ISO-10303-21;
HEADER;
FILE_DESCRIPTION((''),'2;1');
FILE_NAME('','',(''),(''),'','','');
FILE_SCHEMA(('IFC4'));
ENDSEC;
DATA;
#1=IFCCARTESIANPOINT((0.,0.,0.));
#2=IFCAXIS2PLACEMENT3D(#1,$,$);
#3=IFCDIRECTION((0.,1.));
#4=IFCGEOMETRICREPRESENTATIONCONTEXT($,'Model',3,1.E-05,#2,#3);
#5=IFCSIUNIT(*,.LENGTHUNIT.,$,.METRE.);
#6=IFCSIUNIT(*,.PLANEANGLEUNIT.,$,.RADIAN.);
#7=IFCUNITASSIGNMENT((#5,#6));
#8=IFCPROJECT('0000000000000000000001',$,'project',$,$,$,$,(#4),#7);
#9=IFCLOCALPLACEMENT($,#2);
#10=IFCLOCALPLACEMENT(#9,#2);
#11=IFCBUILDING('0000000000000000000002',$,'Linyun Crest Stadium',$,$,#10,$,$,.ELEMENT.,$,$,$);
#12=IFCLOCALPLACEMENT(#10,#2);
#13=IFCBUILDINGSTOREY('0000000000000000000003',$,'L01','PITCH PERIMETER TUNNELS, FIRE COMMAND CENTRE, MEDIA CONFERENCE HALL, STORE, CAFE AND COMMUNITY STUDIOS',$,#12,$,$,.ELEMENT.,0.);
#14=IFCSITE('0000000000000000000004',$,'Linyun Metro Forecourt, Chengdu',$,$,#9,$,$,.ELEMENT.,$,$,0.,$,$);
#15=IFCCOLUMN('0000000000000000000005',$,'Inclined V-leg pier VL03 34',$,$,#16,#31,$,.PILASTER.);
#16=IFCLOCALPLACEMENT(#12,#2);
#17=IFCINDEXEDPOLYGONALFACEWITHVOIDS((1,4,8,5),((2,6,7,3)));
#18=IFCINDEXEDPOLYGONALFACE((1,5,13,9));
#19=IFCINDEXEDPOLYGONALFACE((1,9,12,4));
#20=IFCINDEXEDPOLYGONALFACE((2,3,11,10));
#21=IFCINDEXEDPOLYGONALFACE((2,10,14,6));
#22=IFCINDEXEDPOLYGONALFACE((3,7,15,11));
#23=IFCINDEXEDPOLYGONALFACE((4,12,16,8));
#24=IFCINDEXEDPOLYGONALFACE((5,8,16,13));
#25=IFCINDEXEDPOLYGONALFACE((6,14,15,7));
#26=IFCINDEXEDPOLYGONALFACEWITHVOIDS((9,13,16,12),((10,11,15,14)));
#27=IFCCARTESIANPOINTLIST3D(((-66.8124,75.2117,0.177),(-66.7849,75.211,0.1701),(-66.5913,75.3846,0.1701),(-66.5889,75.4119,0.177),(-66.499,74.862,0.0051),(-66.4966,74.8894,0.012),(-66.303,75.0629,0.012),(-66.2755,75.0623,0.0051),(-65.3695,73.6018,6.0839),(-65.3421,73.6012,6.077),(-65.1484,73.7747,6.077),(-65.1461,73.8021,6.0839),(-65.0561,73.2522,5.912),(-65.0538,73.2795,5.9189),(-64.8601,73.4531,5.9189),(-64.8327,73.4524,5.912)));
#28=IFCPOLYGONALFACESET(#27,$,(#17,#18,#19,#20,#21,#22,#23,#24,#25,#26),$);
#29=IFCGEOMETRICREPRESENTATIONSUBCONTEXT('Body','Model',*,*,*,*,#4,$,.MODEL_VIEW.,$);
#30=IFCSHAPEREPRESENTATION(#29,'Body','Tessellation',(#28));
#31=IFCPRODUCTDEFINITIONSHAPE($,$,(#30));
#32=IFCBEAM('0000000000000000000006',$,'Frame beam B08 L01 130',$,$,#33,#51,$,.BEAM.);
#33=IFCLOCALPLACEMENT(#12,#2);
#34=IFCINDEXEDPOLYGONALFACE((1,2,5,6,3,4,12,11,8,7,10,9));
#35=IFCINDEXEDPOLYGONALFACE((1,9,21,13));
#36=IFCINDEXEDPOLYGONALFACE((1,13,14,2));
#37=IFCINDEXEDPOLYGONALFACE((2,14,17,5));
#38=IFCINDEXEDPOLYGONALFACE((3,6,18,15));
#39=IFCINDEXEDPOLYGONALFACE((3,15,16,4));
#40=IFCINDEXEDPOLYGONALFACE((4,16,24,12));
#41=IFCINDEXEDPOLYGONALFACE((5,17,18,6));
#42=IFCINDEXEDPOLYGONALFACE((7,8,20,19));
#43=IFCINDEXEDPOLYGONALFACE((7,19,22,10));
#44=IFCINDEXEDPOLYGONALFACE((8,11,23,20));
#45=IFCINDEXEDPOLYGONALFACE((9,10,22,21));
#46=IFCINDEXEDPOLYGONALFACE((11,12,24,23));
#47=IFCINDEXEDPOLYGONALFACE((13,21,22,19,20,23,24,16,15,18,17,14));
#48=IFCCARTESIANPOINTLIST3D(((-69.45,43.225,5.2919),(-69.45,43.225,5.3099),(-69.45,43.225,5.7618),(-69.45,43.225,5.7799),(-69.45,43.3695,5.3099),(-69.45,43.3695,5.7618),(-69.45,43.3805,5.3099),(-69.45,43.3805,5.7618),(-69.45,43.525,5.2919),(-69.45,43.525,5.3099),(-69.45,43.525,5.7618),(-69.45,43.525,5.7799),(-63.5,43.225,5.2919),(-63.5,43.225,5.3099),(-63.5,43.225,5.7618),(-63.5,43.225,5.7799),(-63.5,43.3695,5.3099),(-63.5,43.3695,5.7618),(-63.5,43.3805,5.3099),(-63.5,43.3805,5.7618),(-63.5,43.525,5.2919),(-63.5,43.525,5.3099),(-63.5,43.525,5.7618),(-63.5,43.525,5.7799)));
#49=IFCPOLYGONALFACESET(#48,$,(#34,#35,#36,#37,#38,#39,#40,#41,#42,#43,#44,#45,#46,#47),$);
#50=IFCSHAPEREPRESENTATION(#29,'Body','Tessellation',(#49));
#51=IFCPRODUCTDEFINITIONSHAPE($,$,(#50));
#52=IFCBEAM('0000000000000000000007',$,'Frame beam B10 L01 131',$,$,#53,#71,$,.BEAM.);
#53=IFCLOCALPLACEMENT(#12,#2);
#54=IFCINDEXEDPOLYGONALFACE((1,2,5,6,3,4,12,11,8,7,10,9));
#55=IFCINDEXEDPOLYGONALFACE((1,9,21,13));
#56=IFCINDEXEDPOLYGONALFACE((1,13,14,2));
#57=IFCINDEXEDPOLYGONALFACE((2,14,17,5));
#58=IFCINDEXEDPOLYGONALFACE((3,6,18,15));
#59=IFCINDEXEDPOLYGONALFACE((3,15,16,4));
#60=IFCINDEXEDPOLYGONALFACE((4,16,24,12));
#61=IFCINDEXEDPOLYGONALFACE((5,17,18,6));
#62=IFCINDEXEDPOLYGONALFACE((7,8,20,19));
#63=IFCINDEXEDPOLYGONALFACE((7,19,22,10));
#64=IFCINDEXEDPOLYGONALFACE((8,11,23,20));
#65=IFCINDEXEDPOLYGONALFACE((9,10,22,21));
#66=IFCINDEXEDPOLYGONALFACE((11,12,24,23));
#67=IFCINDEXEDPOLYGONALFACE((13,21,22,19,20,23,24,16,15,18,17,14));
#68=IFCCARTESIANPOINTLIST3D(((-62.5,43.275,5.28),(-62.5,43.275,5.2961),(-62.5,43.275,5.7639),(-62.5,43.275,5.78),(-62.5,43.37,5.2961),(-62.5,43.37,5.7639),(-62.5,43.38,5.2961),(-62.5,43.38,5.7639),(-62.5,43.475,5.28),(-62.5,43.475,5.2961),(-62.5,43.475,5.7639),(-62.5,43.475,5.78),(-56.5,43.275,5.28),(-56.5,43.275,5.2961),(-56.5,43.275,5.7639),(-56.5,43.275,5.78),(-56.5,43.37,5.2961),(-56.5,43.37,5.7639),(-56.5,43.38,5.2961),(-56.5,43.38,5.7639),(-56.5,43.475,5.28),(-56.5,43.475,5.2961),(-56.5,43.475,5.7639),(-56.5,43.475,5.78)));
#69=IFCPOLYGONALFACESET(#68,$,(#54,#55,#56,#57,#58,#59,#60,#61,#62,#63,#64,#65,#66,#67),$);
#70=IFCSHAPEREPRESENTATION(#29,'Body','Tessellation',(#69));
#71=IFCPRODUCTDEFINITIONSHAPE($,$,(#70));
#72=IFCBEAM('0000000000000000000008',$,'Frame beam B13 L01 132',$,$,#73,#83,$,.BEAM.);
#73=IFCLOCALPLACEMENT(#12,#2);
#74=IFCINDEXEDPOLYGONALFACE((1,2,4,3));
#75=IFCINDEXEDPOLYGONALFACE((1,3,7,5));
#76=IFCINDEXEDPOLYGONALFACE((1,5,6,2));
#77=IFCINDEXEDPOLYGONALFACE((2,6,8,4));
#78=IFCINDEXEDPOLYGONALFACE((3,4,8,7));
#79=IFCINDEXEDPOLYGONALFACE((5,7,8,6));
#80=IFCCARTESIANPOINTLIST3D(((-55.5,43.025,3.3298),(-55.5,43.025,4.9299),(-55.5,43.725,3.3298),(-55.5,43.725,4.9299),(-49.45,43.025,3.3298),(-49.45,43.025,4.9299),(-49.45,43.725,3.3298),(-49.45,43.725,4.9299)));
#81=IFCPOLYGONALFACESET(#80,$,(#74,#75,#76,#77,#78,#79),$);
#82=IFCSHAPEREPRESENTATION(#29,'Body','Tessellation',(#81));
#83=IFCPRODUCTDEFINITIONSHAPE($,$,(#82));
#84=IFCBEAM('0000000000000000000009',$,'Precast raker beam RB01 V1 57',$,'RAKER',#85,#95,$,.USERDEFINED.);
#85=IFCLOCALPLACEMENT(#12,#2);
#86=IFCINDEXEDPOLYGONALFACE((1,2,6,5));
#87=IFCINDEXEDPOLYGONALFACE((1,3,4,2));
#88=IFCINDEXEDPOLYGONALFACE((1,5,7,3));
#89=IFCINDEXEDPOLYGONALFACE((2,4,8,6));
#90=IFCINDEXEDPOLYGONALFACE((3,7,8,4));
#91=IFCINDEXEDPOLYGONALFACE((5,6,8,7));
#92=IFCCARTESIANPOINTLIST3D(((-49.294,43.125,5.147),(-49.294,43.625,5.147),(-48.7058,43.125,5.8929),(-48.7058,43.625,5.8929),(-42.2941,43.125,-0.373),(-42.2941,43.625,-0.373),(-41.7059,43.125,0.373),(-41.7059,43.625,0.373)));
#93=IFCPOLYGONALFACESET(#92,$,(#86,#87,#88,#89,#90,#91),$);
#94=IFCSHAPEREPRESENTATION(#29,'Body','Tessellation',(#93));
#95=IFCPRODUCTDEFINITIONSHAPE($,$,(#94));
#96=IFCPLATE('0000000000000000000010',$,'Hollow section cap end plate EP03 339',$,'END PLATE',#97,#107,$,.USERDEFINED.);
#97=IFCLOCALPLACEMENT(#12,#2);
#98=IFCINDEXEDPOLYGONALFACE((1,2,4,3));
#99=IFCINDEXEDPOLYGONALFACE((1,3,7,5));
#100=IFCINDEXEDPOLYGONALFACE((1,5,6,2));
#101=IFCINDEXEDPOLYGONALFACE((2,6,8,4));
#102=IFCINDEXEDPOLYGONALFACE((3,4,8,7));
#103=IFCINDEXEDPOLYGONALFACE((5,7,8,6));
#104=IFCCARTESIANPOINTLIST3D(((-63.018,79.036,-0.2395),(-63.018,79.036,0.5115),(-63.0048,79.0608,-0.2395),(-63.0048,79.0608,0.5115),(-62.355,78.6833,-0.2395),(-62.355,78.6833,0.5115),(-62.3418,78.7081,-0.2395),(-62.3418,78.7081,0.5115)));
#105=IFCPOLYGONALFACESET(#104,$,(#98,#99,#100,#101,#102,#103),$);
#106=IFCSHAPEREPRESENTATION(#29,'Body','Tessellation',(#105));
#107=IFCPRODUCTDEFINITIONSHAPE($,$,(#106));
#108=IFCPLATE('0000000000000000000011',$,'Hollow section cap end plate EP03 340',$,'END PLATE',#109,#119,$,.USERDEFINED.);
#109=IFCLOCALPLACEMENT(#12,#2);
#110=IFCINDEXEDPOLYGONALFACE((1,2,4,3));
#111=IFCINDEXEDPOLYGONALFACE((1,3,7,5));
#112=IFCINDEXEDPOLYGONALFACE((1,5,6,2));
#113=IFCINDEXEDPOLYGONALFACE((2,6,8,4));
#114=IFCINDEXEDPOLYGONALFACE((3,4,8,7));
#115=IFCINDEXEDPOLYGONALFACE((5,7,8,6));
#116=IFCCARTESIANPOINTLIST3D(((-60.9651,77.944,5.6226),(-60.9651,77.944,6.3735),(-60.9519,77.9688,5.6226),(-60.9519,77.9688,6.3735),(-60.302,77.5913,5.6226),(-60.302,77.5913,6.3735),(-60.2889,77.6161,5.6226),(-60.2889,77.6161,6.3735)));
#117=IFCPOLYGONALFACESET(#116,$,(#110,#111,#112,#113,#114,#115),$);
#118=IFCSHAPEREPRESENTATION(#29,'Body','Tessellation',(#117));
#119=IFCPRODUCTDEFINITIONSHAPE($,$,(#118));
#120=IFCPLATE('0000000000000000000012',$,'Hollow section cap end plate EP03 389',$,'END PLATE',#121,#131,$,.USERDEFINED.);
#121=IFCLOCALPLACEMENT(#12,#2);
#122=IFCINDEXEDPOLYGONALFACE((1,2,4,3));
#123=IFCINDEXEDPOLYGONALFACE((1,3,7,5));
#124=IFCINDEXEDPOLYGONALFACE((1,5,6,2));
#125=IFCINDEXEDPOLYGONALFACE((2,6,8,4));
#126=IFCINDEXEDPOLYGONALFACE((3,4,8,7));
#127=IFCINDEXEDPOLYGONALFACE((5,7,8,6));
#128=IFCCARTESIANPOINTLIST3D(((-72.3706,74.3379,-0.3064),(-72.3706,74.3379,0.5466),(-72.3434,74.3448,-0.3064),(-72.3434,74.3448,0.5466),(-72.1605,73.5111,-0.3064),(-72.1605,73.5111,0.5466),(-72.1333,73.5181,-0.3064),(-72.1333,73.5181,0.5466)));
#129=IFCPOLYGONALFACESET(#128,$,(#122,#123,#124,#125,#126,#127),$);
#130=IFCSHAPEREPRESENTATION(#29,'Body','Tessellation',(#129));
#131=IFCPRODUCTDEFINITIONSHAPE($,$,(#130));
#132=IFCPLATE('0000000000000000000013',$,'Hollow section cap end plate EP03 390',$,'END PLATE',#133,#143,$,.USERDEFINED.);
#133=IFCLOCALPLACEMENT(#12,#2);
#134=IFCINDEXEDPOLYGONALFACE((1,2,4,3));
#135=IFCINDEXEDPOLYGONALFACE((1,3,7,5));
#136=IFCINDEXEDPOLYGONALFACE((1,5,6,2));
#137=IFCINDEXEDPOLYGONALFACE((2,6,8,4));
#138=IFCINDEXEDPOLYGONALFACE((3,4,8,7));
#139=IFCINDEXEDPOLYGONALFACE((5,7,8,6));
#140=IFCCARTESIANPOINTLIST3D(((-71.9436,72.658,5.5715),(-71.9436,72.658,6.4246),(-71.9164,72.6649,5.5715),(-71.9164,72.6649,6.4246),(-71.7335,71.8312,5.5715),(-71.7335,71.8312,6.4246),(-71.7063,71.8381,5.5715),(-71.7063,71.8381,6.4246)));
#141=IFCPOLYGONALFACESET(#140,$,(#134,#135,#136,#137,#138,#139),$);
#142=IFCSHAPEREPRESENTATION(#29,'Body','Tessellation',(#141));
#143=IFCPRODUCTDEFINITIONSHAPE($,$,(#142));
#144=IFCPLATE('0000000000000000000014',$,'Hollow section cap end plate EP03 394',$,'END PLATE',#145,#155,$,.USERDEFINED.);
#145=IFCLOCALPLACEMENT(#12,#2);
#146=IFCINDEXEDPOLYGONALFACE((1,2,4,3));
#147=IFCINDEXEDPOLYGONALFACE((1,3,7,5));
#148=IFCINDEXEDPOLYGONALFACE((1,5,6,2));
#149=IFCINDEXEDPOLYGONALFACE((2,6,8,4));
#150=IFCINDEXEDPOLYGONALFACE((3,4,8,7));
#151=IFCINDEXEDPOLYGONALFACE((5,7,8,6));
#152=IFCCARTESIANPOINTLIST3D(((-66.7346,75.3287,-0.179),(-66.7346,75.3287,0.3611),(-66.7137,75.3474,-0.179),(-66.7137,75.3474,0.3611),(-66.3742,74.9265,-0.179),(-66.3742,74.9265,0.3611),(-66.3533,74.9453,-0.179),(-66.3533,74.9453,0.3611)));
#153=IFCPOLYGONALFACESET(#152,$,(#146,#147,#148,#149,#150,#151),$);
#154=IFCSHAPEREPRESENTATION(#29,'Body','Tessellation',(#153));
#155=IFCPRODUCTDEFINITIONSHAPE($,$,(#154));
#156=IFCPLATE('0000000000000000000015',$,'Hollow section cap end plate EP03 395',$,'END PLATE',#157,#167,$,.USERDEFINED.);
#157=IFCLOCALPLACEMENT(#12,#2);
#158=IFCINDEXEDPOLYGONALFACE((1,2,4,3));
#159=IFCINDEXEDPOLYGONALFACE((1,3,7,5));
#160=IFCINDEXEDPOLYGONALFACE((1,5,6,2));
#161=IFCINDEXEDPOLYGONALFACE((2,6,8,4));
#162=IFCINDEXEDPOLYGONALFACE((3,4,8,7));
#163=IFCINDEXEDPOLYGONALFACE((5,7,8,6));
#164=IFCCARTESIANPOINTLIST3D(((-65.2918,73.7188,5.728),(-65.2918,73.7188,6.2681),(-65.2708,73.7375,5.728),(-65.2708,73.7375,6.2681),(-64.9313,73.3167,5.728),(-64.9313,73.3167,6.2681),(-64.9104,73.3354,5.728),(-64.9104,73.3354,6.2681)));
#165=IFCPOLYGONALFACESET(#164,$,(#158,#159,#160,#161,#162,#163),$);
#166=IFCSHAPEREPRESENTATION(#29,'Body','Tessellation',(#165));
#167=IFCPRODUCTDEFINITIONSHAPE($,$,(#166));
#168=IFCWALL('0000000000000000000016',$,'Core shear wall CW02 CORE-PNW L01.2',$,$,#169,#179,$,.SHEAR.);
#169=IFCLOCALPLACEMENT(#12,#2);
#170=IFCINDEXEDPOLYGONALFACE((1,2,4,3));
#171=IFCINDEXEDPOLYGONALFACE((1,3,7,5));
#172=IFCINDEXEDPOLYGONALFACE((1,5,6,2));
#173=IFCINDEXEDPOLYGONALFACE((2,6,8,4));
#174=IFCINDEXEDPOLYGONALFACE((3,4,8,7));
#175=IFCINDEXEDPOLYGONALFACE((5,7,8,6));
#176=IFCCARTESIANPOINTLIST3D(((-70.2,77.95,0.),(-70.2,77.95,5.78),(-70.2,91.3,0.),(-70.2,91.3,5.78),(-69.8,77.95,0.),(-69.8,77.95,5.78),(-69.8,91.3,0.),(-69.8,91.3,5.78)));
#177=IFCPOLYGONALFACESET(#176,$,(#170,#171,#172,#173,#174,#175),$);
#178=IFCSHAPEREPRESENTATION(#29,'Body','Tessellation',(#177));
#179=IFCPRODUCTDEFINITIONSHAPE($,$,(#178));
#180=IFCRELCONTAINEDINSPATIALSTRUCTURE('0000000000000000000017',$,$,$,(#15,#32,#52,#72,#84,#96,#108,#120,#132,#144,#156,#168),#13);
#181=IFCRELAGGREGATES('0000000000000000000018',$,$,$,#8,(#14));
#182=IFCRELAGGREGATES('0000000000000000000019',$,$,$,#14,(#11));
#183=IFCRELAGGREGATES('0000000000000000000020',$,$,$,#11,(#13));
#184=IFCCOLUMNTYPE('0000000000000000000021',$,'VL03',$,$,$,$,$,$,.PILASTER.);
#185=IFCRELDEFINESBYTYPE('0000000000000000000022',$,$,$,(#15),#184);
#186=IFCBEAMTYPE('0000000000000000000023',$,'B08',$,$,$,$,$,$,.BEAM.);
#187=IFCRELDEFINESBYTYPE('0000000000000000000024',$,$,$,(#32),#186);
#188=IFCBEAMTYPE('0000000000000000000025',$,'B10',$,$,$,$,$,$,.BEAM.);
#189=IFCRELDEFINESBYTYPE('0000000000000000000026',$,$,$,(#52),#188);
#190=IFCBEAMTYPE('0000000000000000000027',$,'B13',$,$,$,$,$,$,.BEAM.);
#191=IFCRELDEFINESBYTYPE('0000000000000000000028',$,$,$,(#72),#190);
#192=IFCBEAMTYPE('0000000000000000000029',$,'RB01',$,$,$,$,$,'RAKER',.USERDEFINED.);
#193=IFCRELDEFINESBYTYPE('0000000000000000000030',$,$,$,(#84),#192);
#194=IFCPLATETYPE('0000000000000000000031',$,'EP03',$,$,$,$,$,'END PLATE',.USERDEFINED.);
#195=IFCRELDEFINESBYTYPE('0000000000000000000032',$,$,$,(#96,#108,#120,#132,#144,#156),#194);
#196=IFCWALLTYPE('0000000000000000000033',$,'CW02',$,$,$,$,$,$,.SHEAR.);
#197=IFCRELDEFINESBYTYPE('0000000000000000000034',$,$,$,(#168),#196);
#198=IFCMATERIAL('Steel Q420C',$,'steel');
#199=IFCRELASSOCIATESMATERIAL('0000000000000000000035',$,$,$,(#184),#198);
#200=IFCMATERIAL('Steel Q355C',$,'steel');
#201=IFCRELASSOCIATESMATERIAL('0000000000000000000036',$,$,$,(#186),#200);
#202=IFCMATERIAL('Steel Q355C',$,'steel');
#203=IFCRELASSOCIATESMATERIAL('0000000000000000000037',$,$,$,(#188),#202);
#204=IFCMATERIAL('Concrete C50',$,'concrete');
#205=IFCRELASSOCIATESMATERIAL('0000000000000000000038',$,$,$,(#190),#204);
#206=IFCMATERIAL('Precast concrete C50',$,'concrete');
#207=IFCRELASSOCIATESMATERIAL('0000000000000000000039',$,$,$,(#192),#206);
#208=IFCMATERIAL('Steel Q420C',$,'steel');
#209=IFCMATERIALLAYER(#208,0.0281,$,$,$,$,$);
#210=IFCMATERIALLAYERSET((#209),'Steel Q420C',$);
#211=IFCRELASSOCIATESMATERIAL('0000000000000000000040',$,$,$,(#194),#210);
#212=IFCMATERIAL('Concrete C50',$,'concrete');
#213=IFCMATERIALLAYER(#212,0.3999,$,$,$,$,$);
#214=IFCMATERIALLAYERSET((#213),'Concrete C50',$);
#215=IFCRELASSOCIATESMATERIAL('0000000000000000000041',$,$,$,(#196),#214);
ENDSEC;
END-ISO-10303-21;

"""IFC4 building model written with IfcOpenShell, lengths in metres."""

from ifc_helpers import new_model, si_unit, direction, frame, frame_2d, origin, origin_2d, place, context, subcontext, project, spatial, rectangle, hollow_rectangle, i_section, extrude, material, layer, layer_set, material_profile, profile_set, type_object, element, save


model = new_model("IFC4")

# Units and contexts
model_context = context("Model", 3, precision=1e-05, world=origin(), true_north=direction((0.0, 1.0)))
body_context = subcontext(model_context, "Body", "Model", "MODEL_VIEW")
ifc_project = project(units=[si_unit("LENGTHUNIT", "METRE"), si_unit("PLANEANGLEUNIT", "RADIAN")], contexts=[model_context])

# Site, building, storey
site_placement = place(None, origin())
site = spatial("IfcSite", under=ifc_project, at=site_placement, Name="Linyun Metro Forecourt, Chengdu", CompositionType="ELEMENT", RefElevation=0.0)
building_placement = place(site_placement, origin())
building = spatial("IfcBuilding", under=site, at=building_placement, Name="Linyun Crest Stadium", CompositionType="ELEMENT")
storey_placement = place(building_placement, origin())
storey = spatial("IfcBuildingStorey", under=building, at=storey_placement, Name="L01", Description="PITCH PERIMETER TUNNELS, FIRE COMMAND CENTRE, MEDIA CONFERENCE HALL, STORE, CAFE AND COMMUNITY STUDIOS", CompositionType="ELEMENT", Elevation=0.0)

# Column
ifc_material_1 = material(Name="Steel Q420C", Category="steel")
ifc_material_profile_1 = material_profile(ifc_material_1, hollow_rectangle(XDim=0.3, YDim=0.5, WallThickness=0.02, at=origin_2d()), Name="RHS 500x300x20")
ifc_profile_set_1 = profile_set([ifc_material_profile_1], Name="Steel Q420C")
column_type_1 = type_object("IfcColumnType", Name="VL03", PredefinedType="PILASTER", material=ifc_profile_set_1)
column_1_placement = place(storey_placement, frame((-66.5439, 75.137, 0.0911), z_axis=(0.229386, -0.255934, 0.939085), x_axis=(0.744674, 0.667428, 0.0)))
element("IfcColumn", 1, at=column_1_placement, inside=storey, type_object=column_type_1, Name="Inclined V-leg pier VL03 34", PredefinedType="PILASTER", context=body_context, shape_type="SweptSolid", body=[
    extrude(hollow_rectangle(XDim=0.3, YDim=0.5, WallThickness=0.02, at=origin_2d()), origin(), (0.0, 0.0, 1.0), 6.29),
])

# Beams
ifc_material_2 = material(Name="Steel Q355C", Category="steel")
ifc_material_profile_2 = material_profile(ifc_material_2, i_section(OverallWidth=0.3, OverallDepth=0.488, WebThickness=0.011, FlangeThickness=0.0181, at=origin_2d()), Name="HM 488x300")
ifc_profile_set_2 = profile_set([ifc_material_profile_2], Name="Steel Q355C")
beam_type_1 = type_object("IfcBeamType", Name="B08", PredefinedType="BEAM", material=ifc_profile_set_2)
beam_1_placement = place(storey_placement, frame((-69.45, 43.375, 5.5359), z_axis=(1.0, 0.0, 0.0), x_axis=(0.0, 1.0, 0.0)))
element("IfcBeam", 2, at=beam_1_placement, inside=storey, type_object=beam_type_1, Name="Frame beam B08 L01 130", PredefinedType="BEAM", context=body_context, shape_type="SweptSolid", body=[
    extrude(i_section(OverallWidth=0.3, OverallDepth=0.488, WebThickness=0.011, FlangeThickness=0.0181, at=origin_2d()), origin(), (0.0, 0.0, 1.0), 5.95),
])
ifc_material_3 = material(Name="Steel Q355C", Category="steel")
ifc_material_profile_3 = material_profile(ifc_material_3, i_section(OverallWidth=0.2, OverallDepth=0.5, WebThickness=0.01, FlangeThickness=0.0161, at=origin_2d()), Name="HN 500x200")
ifc_profile_set_3 = profile_set([ifc_material_profile_3], Name="Steel Q355C")
beam_type_2 = type_object("IfcBeamType", Name="B10", PredefinedType="BEAM", material=ifc_profile_set_3)
beam_2_placement = place(storey_placement, frame((-62.5, 43.375, 5.53), z_axis=(1.0, 0.0, 0.0), x_axis=(0.0, 1.0, 0.0)))
element("IfcBeam", 3, at=beam_2_placement, inside=storey, type_object=beam_type_2, Name="Frame beam B10 L01 131", PredefinedType="BEAM", context=body_context, shape_type="SweptSolid", body=[
    extrude(i_section(OverallWidth=0.2, OverallDepth=0.5, WebThickness=0.01, FlangeThickness=0.0161, at=origin_2d()), origin(), (0.0, 0.0, 1.0), 6.0),
])
ifc_material_4 = material(Name="Concrete C50", Category="concrete")
ifc_material_profile_4 = material_profile(ifc_material_4, rectangle(XDim=0.7, YDim=1.6001, at=origin_2d()), Name="RCB 1600x700")
ifc_profile_set_4 = profile_set([ifc_material_profile_4], Name="Concrete C50")
beam_type_3 = type_object("IfcBeamType", Name="B13", PredefinedType="BEAM", material=ifc_profile_set_4)
beam_3_placement = place(storey_placement, frame((-55.5, 43.375, 4.1299), z_axis=(1.0, 0.0, 0.0), x_axis=(0.0, 1.0, 0.0)))
element("IfcBeam", 4, at=beam_3_placement, inside=storey, type_object=beam_type_3, Name="Frame beam B13 L01 132", PredefinedType="BEAM", context=body_context, shape_type="SweptSolid", body=[
    extrude(rectangle(XDim=0.7, YDim=1.6001, at=origin_2d()), origin(), (0.0, 0.0, 1.0), 6.05),
])
ifc_material_5 = material(Name="Precast concrete C50", Category="concrete")
ifc_material_profile_5 = material_profile(ifc_material_5, rectangle(XDim=0.5, YDim=0.95, at=origin_2d()), Name="PCR 950x500")
ifc_profile_set_5 = profile_set([ifc_material_profile_5], Name="Precast concrete C50")
beam_type_4 = type_object("IfcBeamType", Name="RB01", ElementType="RAKER", PredefinedType="USERDEFINED", material=ifc_profile_set_5)
beam_4_placement = place(storey_placement, frame((-42.0, 43.375, 0.0), z_axis=(-0.785226, 0.0, 0.619209), x_axis=(0.0, -1.0, 0.0)))
element("IfcBeam", 5, at=beam_4_placement, inside=storey, type_object=beam_type_4, Name="Precast raker beam RB01 V1 57", ObjectType="RAKER", PredefinedType="USERDEFINED", context=body_context, shape_type="SweptSolid", body=[
    extrude(rectangle(XDim=0.5, YDim=0.95, at=origin_2d()), origin(), (0.0, 0.0, 1.0), 8.9146),
])

# Plates
ifc_material_6 = material(Name="Steel Q420C", Category="steel")
ifc_layer_1 = layer(ifc_material_6, 0.0281)
ifc_layer_set_1 = layer_set([ifc_layer_1], Name="Steel Q420C")
plate_type = type_object("IfcPlateType", Name="EP03", ElementType="END PLATE", PredefinedType="USERDEFINED", material=ifc_layer_set_1)
for number, where, z_axis, x_axis, name in (
    (6, (-62.6799, 78.8721, -0.2395), (0.0, 0.0, 1.0), (0.882866, -0.469626, 0.0), "Hollow section cap end plate EP03 339"),
    (7, (-60.627, 77.78, 5.6226), (0.0, 0.0, 1.0), (0.882866, -0.469626, 0.0), "Hollow section cap end plate EP03 340"),
):
    element("IfcPlate", number, at=place(storey_placement, frame(where, z_axis=z_axis, x_axis=x_axis)), inside=storey, type_object=plate_type, Name=name, ObjectType="END PLATE", PredefinedType="USERDEFINED", context=body_context, shape_type="SweptSolid", body=[
        extrude(rectangle(XDim=0.751, YDim=0.0281, at=origin_2d()), origin(), (0.0, 0.0, 1.0), 0.751),
    ])
for number, where, z_axis, x_axis, name in (
    (8, (-72.252, 73.928, -0.3064), (0.0, 0.0, 1.0), (0.246322, -0.969188, 0.0), "Hollow section cap end plate EP03 389"),
    (9, (-71.825, 72.248, 5.5715), (0.0, 0.0, 1.0), (0.246322, -0.969188, 0.0), "Hollow section cap end plate EP03 390"),
):
    element("IfcPlate", number, at=place(storey_placement, frame(where, z_axis=z_axis, x_axis=x_axis)), inside=storey, type_object=plate_type, Name=name, ObjectType="END PLATE", PredefinedType="USERDEFINED", context=body_context, shape_type="SweptSolid", body=[
        extrude(rectangle(XDim=0.853, YDim=0.0281, at=origin_2d()), origin(), (0.0, 0.0, 1.0), 0.853),
    ])
for number, where, z_axis, x_axis, name in (
    (10, (-66.5439, 75.137, -0.179), (0.0, 0.0, 1.0), (0.667443, -0.744661, 0.0), "Hollow section cap end plate EP03 394"),
    (11, (-65.1011, 73.5271, 5.728), (0.0, 0.0, 1.0), (0.667443, -0.744661, 0.0), "Hollow section cap end plate EP03 395"),
):
    element("IfcPlate", number, at=place(storey_placement, frame(where, z_axis=z_axis, x_axis=x_axis)), inside=storey, type_object=plate_type, Name=name, ObjectType="END PLATE", PredefinedType="USERDEFINED", context=body_context, shape_type="SweptSolid", body=[
        extrude(rectangle(XDim=0.54, YDim=0.0281, at=origin_2d()), origin(), (0.0, 0.0, 1.0), 0.54),
    ])

# Wall
ifc_material_7 = material(Name="Concrete C50", Category="concrete")
ifc_layer_2 = layer(ifc_material_7, 0.3999)
ifc_layer_set_2 = layer_set([ifc_layer_2], Name="Concrete C50")
wall_type_1 = type_object("IfcWallType", Name="CW02", PredefinedType="SHEAR", material=ifc_layer_set_2)
wall_1_placement = place(storey_placement, frame((-70.0, 77.95, 0.0), z_axis=(0.0, 0.0, 1.0), x_axis=(0.0, 1.0, 0.0)))
element("IfcWall", 12, at=wall_1_placement, inside=storey, type_object=wall_type_1, Name="Core shear wall CW02 CORE-PNW L01.2", PredefinedType="SHEAR", context=body_context, shape_type="SweptSolid", body=[
    extrude(rectangle(XDim=13.3501, YDim=0.3999, at=frame_2d((6.675, 0.0))), origin(), (0.0, 0.0, 1.0), 5.78),
])

save(model, "model.ifc")
